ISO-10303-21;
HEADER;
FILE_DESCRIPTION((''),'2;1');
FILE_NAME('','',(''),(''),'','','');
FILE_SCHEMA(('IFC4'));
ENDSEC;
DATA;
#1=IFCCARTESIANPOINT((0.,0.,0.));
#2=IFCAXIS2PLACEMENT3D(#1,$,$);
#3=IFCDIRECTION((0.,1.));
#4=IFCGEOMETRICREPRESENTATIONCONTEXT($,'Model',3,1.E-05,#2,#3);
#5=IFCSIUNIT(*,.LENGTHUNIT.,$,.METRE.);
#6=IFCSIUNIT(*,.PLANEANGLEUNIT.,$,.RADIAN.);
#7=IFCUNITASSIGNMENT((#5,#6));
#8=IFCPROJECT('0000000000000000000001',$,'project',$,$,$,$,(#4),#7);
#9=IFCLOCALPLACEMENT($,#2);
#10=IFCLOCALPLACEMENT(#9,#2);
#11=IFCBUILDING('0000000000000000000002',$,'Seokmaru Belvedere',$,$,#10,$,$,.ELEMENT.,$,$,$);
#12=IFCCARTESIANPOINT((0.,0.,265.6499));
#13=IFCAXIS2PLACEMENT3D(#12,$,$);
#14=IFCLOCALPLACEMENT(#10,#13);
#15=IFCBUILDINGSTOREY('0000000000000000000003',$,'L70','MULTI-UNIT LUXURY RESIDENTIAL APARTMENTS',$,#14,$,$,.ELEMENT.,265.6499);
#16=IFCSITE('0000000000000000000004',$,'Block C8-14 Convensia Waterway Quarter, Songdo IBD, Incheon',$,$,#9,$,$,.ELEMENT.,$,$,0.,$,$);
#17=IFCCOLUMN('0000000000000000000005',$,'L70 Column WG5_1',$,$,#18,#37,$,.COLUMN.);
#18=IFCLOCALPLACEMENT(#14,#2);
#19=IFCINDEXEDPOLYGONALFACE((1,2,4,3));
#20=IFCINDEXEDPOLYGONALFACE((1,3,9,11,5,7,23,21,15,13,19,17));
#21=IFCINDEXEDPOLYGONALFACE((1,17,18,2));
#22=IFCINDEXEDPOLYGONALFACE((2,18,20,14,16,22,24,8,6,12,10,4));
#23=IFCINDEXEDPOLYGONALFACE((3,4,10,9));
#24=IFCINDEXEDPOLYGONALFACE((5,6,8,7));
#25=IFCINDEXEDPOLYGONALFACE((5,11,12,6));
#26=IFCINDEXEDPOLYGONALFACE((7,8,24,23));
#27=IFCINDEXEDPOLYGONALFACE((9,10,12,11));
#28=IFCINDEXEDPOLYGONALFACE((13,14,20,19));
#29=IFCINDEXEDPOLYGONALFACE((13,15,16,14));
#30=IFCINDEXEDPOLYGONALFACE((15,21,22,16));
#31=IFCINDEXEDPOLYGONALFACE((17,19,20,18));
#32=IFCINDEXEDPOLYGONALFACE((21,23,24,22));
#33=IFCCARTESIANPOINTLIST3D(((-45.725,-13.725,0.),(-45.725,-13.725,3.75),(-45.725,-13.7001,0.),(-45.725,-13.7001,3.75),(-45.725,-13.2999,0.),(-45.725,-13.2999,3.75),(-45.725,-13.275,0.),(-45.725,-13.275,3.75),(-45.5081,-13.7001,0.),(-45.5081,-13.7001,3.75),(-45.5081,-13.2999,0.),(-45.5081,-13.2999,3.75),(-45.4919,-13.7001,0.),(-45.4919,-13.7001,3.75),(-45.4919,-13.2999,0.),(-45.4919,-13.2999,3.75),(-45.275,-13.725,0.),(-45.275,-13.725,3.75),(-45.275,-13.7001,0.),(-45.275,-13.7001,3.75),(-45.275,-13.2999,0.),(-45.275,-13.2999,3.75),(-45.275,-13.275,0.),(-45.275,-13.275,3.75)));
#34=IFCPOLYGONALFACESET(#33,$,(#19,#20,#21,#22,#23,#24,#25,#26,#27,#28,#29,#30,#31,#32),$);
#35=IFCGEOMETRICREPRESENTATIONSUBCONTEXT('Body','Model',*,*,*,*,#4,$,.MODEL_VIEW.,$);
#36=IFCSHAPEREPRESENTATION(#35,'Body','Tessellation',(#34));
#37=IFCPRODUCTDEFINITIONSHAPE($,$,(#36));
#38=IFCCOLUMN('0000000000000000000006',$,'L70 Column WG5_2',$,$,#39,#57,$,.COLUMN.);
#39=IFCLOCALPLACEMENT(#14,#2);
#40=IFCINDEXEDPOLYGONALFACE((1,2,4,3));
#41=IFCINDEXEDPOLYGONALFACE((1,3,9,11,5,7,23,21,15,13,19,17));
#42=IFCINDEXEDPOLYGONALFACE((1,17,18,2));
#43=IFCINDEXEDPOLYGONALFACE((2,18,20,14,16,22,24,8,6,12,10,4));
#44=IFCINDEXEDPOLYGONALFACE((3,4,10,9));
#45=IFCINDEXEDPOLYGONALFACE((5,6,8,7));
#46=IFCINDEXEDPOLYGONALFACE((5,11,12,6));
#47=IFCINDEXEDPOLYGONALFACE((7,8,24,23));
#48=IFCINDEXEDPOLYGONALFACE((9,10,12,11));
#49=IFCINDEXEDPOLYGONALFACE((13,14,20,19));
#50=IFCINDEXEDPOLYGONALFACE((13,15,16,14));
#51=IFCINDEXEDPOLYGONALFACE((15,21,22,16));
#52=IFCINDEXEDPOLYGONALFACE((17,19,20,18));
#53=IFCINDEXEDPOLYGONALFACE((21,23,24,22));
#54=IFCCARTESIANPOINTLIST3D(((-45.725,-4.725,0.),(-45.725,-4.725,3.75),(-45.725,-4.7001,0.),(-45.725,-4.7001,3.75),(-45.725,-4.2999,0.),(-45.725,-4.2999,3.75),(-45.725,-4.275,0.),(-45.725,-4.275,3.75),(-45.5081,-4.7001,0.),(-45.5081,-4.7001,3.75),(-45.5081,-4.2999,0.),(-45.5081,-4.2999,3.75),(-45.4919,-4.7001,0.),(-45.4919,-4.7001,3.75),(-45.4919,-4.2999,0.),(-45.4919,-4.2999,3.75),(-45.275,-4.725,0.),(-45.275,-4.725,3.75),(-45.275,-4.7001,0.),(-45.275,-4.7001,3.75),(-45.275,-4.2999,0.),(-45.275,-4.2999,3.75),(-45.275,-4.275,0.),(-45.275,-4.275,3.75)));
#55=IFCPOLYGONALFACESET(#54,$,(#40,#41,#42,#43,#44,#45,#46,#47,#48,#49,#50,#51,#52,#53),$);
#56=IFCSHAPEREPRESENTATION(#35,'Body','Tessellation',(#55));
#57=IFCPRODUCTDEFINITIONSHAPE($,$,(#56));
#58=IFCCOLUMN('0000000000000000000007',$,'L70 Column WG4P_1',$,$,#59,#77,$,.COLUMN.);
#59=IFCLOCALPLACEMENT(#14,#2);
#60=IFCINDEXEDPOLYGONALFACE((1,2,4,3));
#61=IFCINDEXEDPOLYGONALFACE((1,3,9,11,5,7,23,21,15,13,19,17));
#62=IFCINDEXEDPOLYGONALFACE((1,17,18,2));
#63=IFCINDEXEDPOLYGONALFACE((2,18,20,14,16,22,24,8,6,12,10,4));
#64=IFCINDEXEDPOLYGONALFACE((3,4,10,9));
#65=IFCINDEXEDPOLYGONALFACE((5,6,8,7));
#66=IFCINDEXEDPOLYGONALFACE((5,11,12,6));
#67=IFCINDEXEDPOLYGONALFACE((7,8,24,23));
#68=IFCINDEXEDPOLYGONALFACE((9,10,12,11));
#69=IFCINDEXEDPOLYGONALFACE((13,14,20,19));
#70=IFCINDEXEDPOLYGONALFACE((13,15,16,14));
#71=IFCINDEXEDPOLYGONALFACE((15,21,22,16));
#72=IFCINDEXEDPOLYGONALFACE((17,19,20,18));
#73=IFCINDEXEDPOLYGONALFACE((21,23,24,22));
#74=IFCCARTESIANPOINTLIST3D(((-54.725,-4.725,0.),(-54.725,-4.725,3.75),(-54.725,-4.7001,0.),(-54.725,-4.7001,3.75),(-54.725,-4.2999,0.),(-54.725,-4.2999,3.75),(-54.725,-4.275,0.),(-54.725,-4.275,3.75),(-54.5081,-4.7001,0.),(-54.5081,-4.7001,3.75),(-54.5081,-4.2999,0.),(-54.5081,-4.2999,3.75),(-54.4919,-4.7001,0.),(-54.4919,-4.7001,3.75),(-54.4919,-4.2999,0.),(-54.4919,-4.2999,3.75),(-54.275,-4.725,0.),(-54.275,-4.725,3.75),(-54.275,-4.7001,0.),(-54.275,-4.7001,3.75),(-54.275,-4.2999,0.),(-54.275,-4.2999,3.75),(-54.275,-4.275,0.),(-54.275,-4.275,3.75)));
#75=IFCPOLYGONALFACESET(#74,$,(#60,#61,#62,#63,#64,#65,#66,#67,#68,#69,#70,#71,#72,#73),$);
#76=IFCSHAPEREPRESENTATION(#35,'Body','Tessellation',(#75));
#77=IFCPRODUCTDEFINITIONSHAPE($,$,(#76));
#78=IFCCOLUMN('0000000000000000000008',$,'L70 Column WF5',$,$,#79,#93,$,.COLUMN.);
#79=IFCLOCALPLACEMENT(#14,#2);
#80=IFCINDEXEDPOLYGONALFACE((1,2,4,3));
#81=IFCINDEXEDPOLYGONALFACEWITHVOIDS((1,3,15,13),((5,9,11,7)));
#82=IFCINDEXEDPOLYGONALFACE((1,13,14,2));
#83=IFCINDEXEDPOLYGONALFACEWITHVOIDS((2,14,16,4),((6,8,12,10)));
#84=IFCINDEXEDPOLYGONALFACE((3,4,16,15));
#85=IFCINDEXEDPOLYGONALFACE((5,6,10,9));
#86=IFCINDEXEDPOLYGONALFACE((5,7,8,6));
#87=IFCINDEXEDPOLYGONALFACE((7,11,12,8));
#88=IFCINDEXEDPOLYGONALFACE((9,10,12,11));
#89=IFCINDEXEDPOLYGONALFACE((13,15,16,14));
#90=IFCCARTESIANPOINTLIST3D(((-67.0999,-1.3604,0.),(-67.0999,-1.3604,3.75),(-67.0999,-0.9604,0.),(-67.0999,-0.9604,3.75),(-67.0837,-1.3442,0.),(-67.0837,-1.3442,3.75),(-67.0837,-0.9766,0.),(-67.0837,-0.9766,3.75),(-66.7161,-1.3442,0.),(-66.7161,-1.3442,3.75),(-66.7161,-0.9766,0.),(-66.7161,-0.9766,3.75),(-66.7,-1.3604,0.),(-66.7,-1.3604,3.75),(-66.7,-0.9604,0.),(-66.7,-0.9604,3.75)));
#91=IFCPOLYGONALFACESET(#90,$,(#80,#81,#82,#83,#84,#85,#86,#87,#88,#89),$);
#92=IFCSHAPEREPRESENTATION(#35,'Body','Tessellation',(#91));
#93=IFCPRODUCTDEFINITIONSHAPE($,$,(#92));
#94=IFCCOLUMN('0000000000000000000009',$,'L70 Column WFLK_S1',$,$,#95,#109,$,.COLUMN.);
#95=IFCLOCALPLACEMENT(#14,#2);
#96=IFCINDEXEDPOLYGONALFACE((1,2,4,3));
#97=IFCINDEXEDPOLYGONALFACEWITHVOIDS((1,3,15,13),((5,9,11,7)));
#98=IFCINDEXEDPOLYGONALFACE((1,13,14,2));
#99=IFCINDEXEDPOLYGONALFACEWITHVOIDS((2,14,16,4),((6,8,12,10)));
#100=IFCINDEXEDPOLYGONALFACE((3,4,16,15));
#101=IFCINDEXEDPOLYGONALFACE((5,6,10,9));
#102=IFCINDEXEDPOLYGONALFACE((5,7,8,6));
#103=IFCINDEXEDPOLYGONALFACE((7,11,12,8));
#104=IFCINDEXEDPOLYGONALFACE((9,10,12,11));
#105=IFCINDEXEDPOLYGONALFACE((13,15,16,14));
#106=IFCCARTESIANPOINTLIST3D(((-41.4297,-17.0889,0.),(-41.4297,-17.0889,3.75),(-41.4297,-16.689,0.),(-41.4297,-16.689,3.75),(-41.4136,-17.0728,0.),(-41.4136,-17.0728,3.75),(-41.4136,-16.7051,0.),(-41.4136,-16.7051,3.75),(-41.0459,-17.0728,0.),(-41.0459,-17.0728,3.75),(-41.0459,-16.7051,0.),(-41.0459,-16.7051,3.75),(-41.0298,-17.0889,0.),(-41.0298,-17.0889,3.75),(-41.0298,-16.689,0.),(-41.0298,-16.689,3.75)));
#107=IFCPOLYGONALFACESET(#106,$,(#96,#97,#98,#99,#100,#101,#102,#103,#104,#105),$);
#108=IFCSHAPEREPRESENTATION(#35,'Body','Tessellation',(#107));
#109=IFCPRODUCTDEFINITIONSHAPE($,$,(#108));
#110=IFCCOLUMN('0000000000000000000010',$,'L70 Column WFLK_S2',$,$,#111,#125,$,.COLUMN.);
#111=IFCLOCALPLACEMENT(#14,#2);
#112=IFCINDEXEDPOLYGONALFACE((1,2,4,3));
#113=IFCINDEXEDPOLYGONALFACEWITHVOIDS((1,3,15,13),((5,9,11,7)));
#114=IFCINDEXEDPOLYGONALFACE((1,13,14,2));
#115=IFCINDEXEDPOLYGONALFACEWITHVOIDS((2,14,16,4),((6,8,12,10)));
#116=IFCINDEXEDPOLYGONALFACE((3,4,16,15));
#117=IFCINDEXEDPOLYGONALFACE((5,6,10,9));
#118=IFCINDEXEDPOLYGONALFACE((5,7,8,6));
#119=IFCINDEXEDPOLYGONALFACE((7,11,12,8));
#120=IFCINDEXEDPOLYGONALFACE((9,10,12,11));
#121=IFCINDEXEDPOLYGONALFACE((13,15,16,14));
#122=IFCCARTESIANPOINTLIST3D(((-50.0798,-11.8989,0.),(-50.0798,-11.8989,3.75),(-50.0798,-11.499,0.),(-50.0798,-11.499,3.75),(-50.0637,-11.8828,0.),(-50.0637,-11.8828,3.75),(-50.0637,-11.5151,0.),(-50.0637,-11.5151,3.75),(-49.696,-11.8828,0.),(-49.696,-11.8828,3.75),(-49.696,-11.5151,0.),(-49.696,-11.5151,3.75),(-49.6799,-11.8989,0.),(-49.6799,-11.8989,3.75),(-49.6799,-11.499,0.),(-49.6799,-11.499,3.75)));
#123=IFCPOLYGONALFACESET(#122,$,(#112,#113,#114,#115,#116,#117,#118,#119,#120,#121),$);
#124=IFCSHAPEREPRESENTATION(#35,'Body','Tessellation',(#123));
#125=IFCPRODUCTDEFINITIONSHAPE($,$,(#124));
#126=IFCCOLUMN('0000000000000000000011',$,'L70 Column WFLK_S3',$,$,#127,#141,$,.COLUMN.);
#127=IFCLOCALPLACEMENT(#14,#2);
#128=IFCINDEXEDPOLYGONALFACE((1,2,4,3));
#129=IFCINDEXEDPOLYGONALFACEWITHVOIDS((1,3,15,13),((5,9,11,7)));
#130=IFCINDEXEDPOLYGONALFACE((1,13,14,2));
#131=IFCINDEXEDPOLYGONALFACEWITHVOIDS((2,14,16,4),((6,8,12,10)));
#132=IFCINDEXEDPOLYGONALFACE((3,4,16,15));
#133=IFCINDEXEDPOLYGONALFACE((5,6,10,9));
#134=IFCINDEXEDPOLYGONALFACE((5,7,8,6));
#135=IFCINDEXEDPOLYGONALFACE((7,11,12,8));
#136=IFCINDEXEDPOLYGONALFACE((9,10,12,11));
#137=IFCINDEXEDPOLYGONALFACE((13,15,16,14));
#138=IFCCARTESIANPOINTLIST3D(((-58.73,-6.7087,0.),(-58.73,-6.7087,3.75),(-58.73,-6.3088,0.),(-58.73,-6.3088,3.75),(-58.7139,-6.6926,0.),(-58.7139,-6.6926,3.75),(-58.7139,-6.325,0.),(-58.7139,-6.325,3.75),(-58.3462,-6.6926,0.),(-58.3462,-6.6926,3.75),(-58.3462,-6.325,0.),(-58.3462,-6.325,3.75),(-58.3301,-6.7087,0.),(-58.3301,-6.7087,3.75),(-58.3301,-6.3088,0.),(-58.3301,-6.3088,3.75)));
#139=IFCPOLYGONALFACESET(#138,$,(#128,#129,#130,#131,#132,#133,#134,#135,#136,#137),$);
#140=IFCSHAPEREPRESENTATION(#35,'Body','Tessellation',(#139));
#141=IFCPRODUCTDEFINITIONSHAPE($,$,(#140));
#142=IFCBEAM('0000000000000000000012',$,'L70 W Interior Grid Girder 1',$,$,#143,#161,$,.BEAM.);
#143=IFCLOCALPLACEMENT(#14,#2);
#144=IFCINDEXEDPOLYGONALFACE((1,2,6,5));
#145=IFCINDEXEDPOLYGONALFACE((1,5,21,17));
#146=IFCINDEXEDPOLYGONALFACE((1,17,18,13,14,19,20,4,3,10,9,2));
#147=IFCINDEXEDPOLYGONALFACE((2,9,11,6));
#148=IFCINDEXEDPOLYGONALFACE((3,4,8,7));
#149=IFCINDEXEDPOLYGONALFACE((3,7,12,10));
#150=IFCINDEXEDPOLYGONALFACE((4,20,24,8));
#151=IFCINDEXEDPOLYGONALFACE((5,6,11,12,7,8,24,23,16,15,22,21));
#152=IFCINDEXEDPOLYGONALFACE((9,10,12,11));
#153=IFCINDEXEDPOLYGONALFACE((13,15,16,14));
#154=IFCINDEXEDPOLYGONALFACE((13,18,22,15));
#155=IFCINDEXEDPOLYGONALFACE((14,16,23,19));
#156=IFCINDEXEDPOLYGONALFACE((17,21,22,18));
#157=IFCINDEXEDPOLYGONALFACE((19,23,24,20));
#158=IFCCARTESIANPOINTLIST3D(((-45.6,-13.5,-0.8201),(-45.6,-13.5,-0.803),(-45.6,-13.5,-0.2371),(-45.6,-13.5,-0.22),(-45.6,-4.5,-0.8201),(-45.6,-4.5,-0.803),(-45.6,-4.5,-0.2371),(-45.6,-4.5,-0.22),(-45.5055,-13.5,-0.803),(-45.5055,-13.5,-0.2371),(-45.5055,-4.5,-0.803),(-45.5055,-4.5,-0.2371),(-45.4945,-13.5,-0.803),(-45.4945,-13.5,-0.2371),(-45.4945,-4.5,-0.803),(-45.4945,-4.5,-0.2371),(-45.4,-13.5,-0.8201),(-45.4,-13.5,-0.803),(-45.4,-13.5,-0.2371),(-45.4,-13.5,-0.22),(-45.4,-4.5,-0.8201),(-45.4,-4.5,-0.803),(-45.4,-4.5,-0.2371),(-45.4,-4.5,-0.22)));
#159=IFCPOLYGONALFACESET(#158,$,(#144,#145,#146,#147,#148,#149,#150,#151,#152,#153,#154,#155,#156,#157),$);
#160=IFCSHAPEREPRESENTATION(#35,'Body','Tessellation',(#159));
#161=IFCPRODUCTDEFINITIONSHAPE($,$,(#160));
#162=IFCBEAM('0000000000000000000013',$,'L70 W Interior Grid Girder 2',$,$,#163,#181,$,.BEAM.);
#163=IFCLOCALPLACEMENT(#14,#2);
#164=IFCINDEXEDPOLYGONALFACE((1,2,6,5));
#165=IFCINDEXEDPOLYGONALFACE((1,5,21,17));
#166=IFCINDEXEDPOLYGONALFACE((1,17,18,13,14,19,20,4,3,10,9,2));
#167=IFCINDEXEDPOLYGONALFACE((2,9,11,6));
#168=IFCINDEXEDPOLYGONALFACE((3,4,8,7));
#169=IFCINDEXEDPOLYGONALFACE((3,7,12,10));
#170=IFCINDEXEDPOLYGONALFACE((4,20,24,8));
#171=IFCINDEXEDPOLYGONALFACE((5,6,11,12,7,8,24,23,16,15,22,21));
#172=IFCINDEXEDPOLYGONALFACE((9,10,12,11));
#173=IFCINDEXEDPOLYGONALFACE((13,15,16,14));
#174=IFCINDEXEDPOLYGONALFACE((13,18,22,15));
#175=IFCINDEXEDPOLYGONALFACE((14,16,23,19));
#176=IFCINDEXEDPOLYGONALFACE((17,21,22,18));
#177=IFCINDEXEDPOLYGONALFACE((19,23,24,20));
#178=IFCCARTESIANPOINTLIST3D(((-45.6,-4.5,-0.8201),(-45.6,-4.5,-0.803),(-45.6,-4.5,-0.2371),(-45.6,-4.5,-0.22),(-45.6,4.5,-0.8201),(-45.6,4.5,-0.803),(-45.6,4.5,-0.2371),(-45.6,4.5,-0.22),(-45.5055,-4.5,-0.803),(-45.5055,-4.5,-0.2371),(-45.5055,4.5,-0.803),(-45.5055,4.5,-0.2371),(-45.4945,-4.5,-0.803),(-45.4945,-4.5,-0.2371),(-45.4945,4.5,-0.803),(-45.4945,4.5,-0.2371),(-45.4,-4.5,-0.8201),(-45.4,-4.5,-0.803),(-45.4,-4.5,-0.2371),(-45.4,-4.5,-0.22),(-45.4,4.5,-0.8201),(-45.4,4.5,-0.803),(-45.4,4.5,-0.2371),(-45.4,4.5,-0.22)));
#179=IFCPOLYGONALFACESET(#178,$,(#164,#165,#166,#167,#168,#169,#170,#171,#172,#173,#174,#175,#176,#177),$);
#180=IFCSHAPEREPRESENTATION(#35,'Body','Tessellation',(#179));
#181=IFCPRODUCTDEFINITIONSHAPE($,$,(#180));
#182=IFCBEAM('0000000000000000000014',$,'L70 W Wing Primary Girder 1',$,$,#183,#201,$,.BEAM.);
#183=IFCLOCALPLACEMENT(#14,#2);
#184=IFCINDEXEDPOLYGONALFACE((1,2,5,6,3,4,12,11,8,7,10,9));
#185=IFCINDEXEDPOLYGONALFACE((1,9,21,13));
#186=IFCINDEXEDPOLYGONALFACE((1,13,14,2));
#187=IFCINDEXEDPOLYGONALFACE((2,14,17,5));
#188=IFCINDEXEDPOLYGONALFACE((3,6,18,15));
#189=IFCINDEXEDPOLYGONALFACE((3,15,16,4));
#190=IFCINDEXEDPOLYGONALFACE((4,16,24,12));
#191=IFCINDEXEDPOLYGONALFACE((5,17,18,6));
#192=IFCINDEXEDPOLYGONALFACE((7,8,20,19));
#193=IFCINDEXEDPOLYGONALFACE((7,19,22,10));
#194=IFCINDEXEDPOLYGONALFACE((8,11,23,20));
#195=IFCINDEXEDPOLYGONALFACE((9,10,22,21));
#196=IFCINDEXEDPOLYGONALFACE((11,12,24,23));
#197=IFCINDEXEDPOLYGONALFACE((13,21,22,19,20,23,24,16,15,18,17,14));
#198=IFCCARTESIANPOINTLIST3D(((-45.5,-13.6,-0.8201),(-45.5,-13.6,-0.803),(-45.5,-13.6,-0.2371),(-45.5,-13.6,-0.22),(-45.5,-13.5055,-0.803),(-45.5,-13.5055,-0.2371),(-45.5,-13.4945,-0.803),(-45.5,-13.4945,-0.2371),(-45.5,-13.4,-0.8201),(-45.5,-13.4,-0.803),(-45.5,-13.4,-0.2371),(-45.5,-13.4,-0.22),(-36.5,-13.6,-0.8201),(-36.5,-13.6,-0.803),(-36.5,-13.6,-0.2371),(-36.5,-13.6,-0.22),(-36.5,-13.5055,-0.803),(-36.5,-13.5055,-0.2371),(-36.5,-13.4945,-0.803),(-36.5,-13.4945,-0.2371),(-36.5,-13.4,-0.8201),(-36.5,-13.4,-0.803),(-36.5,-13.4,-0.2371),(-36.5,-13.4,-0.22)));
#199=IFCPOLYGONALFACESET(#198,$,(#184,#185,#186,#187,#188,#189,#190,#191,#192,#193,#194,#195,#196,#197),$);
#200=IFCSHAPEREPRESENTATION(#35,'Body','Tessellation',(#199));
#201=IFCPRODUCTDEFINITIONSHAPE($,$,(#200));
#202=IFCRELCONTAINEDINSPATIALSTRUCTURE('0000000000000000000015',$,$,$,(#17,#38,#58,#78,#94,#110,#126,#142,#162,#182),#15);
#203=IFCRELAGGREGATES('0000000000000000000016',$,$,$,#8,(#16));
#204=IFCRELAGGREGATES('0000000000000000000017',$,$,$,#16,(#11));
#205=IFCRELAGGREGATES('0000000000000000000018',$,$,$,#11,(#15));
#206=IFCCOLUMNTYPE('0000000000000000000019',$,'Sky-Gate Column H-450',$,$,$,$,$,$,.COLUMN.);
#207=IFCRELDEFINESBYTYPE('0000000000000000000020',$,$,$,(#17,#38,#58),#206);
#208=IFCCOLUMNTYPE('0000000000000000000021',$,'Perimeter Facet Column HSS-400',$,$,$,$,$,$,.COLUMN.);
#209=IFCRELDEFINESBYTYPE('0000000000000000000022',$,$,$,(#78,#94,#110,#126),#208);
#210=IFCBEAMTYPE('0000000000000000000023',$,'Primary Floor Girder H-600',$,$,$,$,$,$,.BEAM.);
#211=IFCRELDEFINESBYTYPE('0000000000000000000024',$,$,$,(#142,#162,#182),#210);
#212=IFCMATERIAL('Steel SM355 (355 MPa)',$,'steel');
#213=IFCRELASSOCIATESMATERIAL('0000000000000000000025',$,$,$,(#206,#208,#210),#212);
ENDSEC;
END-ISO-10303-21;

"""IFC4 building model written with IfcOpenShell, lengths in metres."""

from ifc_helpers import new_model, si_unit, direction, frame, origin, origin_2d, place, context, subcontext, project, spatial, hollow_rectangle, i_section, extrude, source, transform, mapped, material, material_profile, profile_set, type_object, type_shapes, element, save


model = new_model("IFC4")

# Units and contexts
model_context = context("Model", 3, precision=1e-05, world=origin(), true_north=direction((0.0, 1.0)))
body_context = subcontext(model_context, "Body", "Model", "MODEL_VIEW")
ifc_project = project(units=[si_unit("LENGTHUNIT", "METRE"), si_unit("PLANEANGLEUNIT", "RADIAN")], contexts=[model_context])

# Site, building, storey
site_placement = place(None, origin())
site = spatial("IfcSite", under=ifc_project, at=site_placement, Name="Block C8-14 Convensia Waterway Quarter, Songdo IBD, Incheon", CompositionType="ELEMENT", RefElevation=0.0)
building_placement = place(site_placement, origin())
building = spatial("IfcBuilding", under=site, at=building_placement, Name="Seokmaru Belvedere", CompositionType="ELEMENT")
storey_placement = place(building_placement, frame((0.0, 0.0, 265.6499)))
storey = spatial("IfcBuildingStorey", under=building, at=storey_placement, Name="L70", Description="MULTI-UNIT LUXURY RESIDENTIAL APARTMENTS", CompositionType="ELEMENT", Elevation=265.6499)

# Columns
ifc_material_1 = material(Name="Steel SM355 (355 MPa)", Category="steel")
ifc_material_profile_1 = material_profile(ifc_material_1, i_section(OverallWidth=0.45, OverallDepth=0.45, WebThickness=0.0161, FlangeThickness=0.0249, at=origin_2d()), Name="H-450x450x16x25")
ifc_profile_set_1 = profile_set([ifc_material_profile_1], Name="Steel SM355 (355 MPa)")
column_type_1 = type_object("IfcColumnType", Name="Sky-Gate Column H-450", PredefinedType="COLUMN", material=ifc_profile_set_1)
shared_shape_1 = source(origin(), body_context, "Body", "SweptSolid", [
    extrude(i_section(OverallWidth=0.45, OverallDepth=0.45, WebThickness=0.0161, FlangeThickness=0.0249, at=origin_2d()), origin(), (0.0, 0.0, 1.0), 3.75),
])
type_shapes(column_type_1, [shared_shape_1])
for number, where, z_axis, x_axis, name in (
    (1, (-45.5, -13.5, 0.0), (0.0, 0.0, 1.0), (1.0, 0.0, 0.0), "L70 Column WG5_1"),
    (2, (-45.5, -4.5, 0.0), (0.0, 0.0, 1.0), (1.0, 0.0, 0.0), "L70 Column WG5_2"),
    (3, (-54.5, -4.5, 0.0), (0.0, 0.0, 1.0), (1.0, 0.0, 0.0), "L70 Column WG4P_1"),
):
    element("IfcColumn", number, at=place(storey_placement, frame(where, z_axis=z_axis, x_axis=x_axis)), inside=storey, type_object=column_type_1, Name=name, PredefinedType="COLUMN", context=body_context, shape_type="MappedRepresentation", body=[
        mapped(shared_shape_1, transform((0.0, 0.0, 0.0), scale=1.0)),
    ])
ifc_material_profile_2 = material_profile(ifc_material_1, hollow_rectangle(XDim=0.3999, YDim=0.3999, WallThickness=0.0161, at=origin_2d()), Name="HSS-400x400x16")
ifc_profile_set_2 = profile_set([ifc_material_profile_2], Name="Steel SM355 (355 MPa)")
column_type_2 = type_object("IfcColumnType", Name="Perimeter Facet Column HSS-400", PredefinedType="COLUMN", material=ifc_profile_set_2)
shared_shape_2 = source(origin(), body_context, "Body", "SweptSolid", [
    extrude(hollow_rectangle(XDim=0.3999, YDim=0.3999, WallThickness=0.0161, at=origin_2d()), origin(), (0.0, 0.0, 1.0), 3.75),
])
type_shapes(column_type_2, [shared_shape_2])
for number, where, z_axis, x_axis, name in (
    (4, (-66.8999, -1.1604, 0.0), (0.0, 0.0, 1.0), (1.0, 0.0, 0.0), "L70 Column WF5"),
    (5, (-41.2297, -16.8889, 0.0), (0.0, 0.0, 1.0), (1.0, 0.0, 0.0), "L70 Column WFLK_S1"),
    (6, (-49.8799, -11.699, 0.0), (0.0, 0.0, 1.0), (1.0, 0.0, 0.0), "L70 Column WFLK_S2"),
    (7, (-58.53, -6.5088, 0.0), (0.0, 0.0, 1.0), (1.0, 0.0, 0.0), "L70 Column WFLK_S3"),
):
    element("IfcColumn", number, at=place(storey_placement, frame(where, z_axis=z_axis, x_axis=x_axis)), inside=storey, type_object=column_type_2, Name=name, PredefinedType="COLUMN", context=body_context, shape_type="MappedRepresentation", body=[
        mapped(shared_shape_2, transform((0.0, 0.0, 0.0), scale=1.0)),
    ])

# Beams
ifc_material_profile_3 = material_profile(ifc_material_1, i_section(OverallWidth=0.2, OverallDepth=0.6001, WebThickness=0.011, FlangeThickness=0.0171, at=origin_2d()), Name="H-600x200x11x17")
ifc_profile_set_3 = profile_set([ifc_material_profile_3], Name="Steel SM355 (355 MPa)")
beam_type_1 = type_object("IfcBeamType", Name="Primary Floor Girder H-600", PredefinedType="BEAM", material=ifc_profile_set_3)
shared_shape_3 = source(origin(), body_context, "Body", "SweptSolid", [
    extrude(i_section(OverallWidth=0.2, OverallDepth=0.6001, WebThickness=0.011, FlangeThickness=0.0171, at=origin_2d()), origin(), (0.0, 0.0, 1.0), 9.0),
])
for number, where, z_axis, x_axis, name in (
    (8, (-45.5, -13.5, -0.52), (0.0, 1.0, 0.0), (-1.0, 0.0, 0.0), "L70 W Interior Grid Girder 1"),
    (9, (-45.5, -4.5, -0.52), (0.0, 1.0, 0.0), (-1.0, 0.0, 0.0), "L70 W Interior Grid Girder 2"),
    (10, (-45.5, -13.5, -0.52), (1.0, 0.0, 0.0), (0.0, 1.0, 0.0), "L70 W Wing Primary Girder 1"),
):
    element("IfcBeam", number, at=place(storey_placement, frame(where, z_axis=z_axis, x_axis=x_axis)), inside=storey, type_object=beam_type_1, Name=name, PredefinedType="BEAM", context=body_context, shape_type="MappedRepresentation", body=[
        mapped(shared_shape_3, transform((0.0, 0.0, 0.0), scale=1.0)),
    ])

save(model, "model.ifc")
